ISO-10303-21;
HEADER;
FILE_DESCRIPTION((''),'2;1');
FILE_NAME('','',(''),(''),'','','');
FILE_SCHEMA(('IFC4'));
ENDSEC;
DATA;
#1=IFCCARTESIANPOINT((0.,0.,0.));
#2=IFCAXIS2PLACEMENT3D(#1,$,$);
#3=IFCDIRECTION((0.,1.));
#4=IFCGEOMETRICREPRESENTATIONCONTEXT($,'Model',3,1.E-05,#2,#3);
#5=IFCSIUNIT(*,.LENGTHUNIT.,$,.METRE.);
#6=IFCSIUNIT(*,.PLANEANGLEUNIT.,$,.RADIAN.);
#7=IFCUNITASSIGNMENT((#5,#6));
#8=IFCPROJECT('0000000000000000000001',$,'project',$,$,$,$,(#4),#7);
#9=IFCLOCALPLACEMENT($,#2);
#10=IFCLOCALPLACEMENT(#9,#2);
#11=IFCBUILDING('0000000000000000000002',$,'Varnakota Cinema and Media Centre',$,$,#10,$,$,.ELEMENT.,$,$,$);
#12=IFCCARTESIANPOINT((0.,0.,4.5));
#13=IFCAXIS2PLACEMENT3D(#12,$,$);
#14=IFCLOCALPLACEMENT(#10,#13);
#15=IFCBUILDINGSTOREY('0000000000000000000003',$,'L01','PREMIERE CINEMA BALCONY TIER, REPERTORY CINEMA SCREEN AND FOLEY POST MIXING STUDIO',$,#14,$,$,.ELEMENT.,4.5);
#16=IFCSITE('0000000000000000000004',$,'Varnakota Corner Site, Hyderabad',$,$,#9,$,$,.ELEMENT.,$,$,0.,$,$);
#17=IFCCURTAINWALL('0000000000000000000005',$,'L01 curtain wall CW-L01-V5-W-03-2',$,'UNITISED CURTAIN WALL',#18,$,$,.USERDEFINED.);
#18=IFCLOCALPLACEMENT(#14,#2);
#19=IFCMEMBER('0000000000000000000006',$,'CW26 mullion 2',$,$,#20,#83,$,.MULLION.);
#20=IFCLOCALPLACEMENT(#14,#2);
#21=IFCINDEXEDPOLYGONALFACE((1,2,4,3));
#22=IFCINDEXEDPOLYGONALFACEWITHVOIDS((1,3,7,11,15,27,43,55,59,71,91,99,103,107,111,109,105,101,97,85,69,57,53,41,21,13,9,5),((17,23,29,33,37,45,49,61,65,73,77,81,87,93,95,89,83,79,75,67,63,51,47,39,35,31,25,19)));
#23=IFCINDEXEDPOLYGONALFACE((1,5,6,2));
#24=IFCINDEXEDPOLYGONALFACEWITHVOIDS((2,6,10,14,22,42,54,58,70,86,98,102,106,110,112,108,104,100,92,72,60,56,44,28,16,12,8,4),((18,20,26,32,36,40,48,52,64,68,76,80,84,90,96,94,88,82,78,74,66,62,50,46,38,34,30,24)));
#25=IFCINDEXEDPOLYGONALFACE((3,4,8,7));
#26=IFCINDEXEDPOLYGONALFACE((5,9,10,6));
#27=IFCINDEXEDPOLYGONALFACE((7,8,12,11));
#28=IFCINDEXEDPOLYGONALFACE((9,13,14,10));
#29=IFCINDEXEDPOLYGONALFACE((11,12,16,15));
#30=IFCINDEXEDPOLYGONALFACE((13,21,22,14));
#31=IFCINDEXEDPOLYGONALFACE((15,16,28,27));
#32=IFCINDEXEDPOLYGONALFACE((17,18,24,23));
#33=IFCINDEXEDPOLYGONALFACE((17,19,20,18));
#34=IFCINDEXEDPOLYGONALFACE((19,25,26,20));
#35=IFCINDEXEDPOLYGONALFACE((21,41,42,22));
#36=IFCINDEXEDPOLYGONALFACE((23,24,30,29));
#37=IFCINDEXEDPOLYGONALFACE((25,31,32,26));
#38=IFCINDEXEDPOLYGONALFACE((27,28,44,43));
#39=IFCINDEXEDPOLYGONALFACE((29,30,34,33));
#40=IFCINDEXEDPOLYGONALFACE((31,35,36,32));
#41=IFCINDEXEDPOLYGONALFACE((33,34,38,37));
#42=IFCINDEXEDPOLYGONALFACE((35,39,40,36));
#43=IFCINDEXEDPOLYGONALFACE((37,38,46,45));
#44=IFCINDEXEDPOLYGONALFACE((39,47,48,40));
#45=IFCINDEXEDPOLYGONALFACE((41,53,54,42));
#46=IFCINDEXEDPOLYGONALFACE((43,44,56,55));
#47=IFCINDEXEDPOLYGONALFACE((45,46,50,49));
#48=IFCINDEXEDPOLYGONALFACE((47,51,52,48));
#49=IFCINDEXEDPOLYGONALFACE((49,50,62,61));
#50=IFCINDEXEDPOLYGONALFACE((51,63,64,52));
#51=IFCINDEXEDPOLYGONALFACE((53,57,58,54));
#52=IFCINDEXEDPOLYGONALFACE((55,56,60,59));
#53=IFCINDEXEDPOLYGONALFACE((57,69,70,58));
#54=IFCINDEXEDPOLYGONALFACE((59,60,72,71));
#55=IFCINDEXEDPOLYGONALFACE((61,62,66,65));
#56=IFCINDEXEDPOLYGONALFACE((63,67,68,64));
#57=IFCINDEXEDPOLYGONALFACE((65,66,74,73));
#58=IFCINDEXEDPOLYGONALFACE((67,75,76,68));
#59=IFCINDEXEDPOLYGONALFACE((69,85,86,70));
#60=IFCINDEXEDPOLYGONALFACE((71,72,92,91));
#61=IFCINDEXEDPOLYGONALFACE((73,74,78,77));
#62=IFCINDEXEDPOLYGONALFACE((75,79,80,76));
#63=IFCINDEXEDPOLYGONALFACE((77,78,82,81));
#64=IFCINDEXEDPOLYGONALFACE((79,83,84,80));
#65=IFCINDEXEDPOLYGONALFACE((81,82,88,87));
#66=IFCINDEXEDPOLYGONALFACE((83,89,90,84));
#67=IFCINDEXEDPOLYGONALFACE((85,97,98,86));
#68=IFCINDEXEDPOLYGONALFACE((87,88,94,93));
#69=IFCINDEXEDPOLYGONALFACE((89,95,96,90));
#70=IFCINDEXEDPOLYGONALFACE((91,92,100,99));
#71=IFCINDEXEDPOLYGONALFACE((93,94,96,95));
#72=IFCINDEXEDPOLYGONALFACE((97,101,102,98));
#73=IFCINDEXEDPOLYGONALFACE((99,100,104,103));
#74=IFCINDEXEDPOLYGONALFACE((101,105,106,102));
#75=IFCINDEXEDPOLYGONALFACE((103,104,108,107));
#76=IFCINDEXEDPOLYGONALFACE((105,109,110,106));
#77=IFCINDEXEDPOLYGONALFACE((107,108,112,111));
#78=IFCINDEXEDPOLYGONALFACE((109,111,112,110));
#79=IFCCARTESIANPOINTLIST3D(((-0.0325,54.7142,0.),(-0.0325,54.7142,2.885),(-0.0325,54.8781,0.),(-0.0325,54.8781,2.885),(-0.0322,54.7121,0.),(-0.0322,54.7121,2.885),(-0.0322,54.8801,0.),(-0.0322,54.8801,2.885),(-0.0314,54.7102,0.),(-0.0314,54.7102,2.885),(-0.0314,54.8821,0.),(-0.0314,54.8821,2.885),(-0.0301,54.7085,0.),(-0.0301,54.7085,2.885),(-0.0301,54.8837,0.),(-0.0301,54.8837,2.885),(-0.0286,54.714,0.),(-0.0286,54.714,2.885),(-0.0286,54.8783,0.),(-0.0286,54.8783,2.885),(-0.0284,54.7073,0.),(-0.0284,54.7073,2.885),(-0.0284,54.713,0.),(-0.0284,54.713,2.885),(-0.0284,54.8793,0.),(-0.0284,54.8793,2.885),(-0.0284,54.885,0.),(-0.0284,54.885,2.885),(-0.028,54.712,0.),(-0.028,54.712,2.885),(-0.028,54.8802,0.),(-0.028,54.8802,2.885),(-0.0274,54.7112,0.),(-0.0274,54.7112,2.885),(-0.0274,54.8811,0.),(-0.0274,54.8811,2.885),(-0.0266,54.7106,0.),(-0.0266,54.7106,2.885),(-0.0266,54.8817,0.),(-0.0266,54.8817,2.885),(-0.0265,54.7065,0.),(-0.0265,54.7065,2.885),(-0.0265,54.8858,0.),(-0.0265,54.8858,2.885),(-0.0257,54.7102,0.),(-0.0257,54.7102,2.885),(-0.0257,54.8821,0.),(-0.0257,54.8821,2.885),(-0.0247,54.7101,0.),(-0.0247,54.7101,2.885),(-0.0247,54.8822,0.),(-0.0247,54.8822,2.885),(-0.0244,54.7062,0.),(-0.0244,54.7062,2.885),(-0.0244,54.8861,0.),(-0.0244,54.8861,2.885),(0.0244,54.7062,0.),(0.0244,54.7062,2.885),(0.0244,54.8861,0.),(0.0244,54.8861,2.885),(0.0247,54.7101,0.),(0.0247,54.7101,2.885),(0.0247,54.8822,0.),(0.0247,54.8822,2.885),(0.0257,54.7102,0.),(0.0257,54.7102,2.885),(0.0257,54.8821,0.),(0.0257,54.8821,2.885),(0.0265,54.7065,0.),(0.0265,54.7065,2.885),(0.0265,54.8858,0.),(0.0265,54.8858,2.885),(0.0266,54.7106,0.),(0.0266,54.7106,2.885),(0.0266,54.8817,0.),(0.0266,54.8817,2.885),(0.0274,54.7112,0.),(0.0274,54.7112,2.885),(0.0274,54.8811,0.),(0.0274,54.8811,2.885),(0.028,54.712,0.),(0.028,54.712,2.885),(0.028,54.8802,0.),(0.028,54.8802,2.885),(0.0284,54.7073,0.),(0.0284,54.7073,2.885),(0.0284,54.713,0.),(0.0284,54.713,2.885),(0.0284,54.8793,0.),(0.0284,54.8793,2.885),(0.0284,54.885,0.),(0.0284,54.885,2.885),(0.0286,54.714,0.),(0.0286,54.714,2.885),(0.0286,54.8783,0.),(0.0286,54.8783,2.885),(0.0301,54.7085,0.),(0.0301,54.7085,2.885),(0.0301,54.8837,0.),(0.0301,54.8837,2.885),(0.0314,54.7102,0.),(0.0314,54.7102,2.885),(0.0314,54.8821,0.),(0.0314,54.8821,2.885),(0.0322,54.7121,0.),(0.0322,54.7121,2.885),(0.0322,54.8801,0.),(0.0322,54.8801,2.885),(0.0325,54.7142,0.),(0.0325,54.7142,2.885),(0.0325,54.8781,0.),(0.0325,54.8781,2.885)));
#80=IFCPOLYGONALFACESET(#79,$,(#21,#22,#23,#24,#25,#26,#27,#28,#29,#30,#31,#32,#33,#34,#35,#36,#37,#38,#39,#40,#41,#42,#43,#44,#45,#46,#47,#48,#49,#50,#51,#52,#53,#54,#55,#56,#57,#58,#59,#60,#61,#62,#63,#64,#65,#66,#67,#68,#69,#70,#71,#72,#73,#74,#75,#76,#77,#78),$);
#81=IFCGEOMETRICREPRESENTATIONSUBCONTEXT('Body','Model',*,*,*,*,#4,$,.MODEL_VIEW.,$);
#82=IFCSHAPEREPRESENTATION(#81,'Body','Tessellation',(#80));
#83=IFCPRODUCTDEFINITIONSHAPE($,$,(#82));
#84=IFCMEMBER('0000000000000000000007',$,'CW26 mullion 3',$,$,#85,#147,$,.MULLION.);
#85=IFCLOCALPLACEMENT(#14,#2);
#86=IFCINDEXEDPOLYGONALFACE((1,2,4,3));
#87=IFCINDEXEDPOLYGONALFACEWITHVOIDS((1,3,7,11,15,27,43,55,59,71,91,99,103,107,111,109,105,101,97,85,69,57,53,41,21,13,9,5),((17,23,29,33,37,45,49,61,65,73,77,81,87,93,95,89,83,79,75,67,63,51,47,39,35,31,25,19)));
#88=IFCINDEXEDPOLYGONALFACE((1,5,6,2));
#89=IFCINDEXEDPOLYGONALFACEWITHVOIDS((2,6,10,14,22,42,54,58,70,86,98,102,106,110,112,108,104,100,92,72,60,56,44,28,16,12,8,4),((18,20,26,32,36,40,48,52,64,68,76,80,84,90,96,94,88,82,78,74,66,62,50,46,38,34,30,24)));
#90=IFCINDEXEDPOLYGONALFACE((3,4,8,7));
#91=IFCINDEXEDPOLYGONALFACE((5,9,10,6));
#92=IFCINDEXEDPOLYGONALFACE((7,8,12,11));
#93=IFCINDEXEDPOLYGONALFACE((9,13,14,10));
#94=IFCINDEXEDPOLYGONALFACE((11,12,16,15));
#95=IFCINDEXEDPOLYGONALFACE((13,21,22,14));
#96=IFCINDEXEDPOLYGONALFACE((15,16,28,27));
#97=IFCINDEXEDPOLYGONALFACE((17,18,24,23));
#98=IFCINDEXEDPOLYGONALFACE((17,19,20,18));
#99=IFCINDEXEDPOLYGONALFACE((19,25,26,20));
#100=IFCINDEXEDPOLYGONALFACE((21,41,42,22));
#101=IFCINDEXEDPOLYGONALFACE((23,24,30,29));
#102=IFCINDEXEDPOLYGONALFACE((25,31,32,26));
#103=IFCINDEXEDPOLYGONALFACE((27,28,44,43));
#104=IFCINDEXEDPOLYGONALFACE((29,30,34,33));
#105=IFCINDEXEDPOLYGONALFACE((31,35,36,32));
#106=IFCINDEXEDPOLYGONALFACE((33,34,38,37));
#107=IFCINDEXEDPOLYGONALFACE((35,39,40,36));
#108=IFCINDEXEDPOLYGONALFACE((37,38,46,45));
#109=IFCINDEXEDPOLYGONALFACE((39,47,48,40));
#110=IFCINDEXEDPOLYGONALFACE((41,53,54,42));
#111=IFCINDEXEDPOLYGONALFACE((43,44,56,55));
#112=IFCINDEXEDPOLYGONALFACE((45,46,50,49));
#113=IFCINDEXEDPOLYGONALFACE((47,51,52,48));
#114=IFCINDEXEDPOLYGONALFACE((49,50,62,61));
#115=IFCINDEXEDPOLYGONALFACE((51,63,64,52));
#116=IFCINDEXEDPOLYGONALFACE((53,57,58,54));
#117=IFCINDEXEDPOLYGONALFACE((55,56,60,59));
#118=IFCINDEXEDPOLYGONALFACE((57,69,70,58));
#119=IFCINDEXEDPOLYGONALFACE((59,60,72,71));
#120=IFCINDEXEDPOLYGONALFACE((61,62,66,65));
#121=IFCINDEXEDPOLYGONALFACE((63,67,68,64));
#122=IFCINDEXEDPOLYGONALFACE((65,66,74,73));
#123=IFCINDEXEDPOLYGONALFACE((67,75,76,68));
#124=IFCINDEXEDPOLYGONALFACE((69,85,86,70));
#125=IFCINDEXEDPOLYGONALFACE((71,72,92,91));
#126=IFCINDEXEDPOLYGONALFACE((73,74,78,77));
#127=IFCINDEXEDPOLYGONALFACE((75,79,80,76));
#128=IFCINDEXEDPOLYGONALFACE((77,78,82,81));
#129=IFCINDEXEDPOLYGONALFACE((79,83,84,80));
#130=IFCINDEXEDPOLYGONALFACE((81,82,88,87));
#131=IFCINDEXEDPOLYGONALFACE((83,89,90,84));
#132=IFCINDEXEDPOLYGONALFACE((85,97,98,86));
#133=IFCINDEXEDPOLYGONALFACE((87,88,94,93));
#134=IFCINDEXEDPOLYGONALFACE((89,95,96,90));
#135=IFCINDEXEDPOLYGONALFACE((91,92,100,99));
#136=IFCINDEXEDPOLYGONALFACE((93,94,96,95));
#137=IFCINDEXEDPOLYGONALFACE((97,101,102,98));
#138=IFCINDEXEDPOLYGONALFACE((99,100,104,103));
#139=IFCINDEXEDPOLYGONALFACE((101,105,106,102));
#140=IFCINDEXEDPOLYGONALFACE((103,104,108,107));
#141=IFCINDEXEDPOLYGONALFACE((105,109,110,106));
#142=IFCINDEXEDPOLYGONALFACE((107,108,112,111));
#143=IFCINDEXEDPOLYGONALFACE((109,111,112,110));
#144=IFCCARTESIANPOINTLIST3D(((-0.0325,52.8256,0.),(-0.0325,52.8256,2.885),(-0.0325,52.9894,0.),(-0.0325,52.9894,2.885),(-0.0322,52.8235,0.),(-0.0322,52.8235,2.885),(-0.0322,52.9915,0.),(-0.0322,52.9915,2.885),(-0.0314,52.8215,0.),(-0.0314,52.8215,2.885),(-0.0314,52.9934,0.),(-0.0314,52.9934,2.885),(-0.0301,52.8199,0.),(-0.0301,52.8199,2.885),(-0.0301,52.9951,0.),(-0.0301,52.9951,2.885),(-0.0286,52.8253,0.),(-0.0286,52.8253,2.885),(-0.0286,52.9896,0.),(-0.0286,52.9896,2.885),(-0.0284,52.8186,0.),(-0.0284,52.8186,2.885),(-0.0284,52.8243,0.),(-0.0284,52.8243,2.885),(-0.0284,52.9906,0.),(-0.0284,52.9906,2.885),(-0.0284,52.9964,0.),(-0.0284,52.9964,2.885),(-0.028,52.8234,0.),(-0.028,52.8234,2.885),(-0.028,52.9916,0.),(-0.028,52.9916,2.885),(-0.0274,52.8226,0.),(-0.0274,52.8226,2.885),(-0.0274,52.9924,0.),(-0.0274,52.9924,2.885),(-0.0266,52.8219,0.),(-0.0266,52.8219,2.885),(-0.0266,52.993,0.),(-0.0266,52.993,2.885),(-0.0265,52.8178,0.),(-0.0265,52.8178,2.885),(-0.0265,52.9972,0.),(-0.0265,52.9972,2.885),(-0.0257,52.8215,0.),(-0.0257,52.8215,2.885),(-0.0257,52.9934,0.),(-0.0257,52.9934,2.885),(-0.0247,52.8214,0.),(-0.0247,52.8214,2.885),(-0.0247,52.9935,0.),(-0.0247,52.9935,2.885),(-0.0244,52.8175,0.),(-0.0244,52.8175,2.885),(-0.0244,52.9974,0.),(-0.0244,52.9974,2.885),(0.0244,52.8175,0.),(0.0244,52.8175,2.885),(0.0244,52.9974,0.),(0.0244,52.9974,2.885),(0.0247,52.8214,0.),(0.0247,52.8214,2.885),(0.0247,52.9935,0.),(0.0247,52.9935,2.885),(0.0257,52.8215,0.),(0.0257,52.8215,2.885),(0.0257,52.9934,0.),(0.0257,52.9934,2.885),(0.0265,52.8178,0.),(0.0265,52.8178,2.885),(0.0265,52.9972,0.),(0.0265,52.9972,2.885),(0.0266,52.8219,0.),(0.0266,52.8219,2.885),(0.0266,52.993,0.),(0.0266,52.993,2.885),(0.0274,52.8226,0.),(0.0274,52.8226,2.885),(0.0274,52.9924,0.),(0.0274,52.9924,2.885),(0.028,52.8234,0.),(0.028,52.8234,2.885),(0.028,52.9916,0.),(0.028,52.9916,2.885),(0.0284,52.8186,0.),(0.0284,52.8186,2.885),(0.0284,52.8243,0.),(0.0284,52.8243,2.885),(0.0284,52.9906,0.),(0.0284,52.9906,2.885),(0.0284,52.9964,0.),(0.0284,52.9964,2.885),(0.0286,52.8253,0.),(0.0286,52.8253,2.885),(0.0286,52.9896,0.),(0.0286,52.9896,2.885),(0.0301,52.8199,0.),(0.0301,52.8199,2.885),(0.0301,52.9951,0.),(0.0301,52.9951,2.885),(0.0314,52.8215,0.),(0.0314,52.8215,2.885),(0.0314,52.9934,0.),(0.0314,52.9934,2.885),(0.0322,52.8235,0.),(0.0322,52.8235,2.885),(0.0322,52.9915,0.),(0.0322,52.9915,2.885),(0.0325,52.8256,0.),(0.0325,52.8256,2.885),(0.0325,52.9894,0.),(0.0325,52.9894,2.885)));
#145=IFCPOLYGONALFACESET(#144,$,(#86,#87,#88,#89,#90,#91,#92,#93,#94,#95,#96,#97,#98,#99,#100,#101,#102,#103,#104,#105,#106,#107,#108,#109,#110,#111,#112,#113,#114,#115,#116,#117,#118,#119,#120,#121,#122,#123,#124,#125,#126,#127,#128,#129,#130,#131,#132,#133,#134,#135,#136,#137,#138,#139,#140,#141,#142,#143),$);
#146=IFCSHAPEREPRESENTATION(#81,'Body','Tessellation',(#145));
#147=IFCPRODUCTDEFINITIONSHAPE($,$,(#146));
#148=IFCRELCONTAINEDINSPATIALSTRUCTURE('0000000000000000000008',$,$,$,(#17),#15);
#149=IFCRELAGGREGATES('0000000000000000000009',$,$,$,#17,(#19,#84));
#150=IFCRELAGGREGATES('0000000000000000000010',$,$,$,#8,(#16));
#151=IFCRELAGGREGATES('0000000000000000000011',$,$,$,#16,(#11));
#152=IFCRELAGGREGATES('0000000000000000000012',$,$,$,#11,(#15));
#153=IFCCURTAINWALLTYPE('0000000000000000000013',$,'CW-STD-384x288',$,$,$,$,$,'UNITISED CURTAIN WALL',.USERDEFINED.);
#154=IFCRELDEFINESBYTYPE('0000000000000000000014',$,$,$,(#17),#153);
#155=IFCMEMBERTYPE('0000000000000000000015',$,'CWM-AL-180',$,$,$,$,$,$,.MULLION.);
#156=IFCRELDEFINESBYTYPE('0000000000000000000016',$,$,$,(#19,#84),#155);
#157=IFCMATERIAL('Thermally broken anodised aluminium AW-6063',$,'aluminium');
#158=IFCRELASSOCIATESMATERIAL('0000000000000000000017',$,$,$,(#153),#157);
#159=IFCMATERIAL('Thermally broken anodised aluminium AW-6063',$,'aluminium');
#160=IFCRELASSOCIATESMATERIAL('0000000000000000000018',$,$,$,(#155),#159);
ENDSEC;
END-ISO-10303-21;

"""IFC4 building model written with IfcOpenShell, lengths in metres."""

from ifc_helpers import new_model, si_unit, direction, frame, origin, origin_2d, place, context, subcontext, project, spatial, hollow_rectangle, extrude, material, material_profile, profile_set, type_object, element, aggregate, save


model = new_model("IFC4")

# Units and contexts
model_context = context("Model", 3, precision=1e-05, world=origin(), true_north=direction((0.0, 1.0)))
body_context = subcontext(model_context, "Body", "Model", "MODEL_VIEW")
ifc_project = project(units=[si_unit("LENGTHUNIT", "METRE"), si_unit("PLANEANGLEUNIT", "RADIAN")], contexts=[model_context])

# Site, building, storey
site_placement = place(None, origin())
site = spatial("IfcSite", under=ifc_project, at=site_placement, Name="Varnakota Corner Site, Hyderabad", CompositionType="ELEMENT", RefElevation=0.0)
building_placement = place(site_placement, origin())
building = spatial("IfcBuilding", under=site, at=building_placement, Name="Varnakota Cinema and Media Centre", CompositionType="ELEMENT")
storey_placement = place(building_placement, frame((0.0, 0.0, 4.5)))
storey = spatial("IfcBuildingStorey", under=building, at=storey_placement, Name="L01", Description="PREMIERE CINEMA BALCONY TIER, REPERTORY CINEMA SCREEN AND FOLEY POST MIXING STUDIO", CompositionType="ELEMENT", Elevation=4.5)

# Shared definitions
ifc_material_1 = material(Name="Thermally broken anodised aluminium AW-6063", Category="aluminium")
curtain_wall_type = type_object("IfcCurtainWallType", Name="CW-STD-384x288", ElementType="UNITISED CURTAIN WALL", PredefinedType="USERDEFINED", material=ifc_material_1)
ifc_material_2 = material(Name="Thermally broken anodised aluminium AW-6063", Category="aluminium")
ifc_material_profile_1 = material_profile(ifc_material_2, hollow_rectangle(XDim=0.0649, YDim=0.1799, WallThickness=0.0039, InnerFilletRadius=0.0039, OuterFilletRadius=0.0081, at=origin_2d()), Name="AL-MULLION 180x65x4")
ifc_profile_set_1 = profile_set([ifc_material_profile_1], Name="Thermally broken anodised aluminium AW-6063")
member_type_1 = type_object("IfcMemberType", Name="CWM-AL-180", PredefinedType="MULLION", material=ifc_profile_set_1)

# Curtain wall, members
curtain_wall_1_placement = place(storey_placement, origin())
curtain_wall_1 = element("IfcCurtainWall", 1, at=curtain_wall_1_placement, inside=storey, type_object=curtain_wall_type, Name="L01 curtain wall CW-L01-V5-W-03-2", ObjectType="UNITISED CURTAIN WALL", PredefinedType="USERDEFINED")
member_1_placement = place(storey_placement, frame((0.0, 54.7961, 0.0), z_axis=(0.0, 0.0, 1.0), x_axis=(1.0, 0.0, 0.0)))
member_1 = element("IfcMember", 2, at=member_1_placement, type_object=member_type_1, Name="CW26 mullion 2", PredefinedType="MULLION", context=body_context, shape_type="SweptSolid", body=[
    extrude(hollow_rectangle(XDim=0.0649, YDim=0.1799, WallThickness=0.0039, InnerFilletRadius=0.0039, OuterFilletRadius=0.0081, at=origin_2d()), origin(), (0.0, 0.0, 1.0), 2.885),
])
member_2_placement = place(storey_placement, frame((0.0, 52.9075, 0.0), z_axis=(0.0, 0.0, 1.0), x_axis=(1.0, 0.0, 0.0)))
member_2 = element("IfcMember", 3, at=member_2_placement, type_object=member_type_1, Name="CW26 mullion 3", PredefinedType="MULLION", context=body_context, shape_type="SweptSolid", body=[
    extrude(hollow_rectangle(XDim=0.0649, YDim=0.1799, WallThickness=0.0039, InnerFilletRadius=0.0039, OuterFilletRadius=0.0081, at=origin_2d()), origin(), (0.0, 0.0, 1.0), 2.885),
])

aggregate(curtain_wall_1, [member_1, member_2])

save(model, "model.ifc")
